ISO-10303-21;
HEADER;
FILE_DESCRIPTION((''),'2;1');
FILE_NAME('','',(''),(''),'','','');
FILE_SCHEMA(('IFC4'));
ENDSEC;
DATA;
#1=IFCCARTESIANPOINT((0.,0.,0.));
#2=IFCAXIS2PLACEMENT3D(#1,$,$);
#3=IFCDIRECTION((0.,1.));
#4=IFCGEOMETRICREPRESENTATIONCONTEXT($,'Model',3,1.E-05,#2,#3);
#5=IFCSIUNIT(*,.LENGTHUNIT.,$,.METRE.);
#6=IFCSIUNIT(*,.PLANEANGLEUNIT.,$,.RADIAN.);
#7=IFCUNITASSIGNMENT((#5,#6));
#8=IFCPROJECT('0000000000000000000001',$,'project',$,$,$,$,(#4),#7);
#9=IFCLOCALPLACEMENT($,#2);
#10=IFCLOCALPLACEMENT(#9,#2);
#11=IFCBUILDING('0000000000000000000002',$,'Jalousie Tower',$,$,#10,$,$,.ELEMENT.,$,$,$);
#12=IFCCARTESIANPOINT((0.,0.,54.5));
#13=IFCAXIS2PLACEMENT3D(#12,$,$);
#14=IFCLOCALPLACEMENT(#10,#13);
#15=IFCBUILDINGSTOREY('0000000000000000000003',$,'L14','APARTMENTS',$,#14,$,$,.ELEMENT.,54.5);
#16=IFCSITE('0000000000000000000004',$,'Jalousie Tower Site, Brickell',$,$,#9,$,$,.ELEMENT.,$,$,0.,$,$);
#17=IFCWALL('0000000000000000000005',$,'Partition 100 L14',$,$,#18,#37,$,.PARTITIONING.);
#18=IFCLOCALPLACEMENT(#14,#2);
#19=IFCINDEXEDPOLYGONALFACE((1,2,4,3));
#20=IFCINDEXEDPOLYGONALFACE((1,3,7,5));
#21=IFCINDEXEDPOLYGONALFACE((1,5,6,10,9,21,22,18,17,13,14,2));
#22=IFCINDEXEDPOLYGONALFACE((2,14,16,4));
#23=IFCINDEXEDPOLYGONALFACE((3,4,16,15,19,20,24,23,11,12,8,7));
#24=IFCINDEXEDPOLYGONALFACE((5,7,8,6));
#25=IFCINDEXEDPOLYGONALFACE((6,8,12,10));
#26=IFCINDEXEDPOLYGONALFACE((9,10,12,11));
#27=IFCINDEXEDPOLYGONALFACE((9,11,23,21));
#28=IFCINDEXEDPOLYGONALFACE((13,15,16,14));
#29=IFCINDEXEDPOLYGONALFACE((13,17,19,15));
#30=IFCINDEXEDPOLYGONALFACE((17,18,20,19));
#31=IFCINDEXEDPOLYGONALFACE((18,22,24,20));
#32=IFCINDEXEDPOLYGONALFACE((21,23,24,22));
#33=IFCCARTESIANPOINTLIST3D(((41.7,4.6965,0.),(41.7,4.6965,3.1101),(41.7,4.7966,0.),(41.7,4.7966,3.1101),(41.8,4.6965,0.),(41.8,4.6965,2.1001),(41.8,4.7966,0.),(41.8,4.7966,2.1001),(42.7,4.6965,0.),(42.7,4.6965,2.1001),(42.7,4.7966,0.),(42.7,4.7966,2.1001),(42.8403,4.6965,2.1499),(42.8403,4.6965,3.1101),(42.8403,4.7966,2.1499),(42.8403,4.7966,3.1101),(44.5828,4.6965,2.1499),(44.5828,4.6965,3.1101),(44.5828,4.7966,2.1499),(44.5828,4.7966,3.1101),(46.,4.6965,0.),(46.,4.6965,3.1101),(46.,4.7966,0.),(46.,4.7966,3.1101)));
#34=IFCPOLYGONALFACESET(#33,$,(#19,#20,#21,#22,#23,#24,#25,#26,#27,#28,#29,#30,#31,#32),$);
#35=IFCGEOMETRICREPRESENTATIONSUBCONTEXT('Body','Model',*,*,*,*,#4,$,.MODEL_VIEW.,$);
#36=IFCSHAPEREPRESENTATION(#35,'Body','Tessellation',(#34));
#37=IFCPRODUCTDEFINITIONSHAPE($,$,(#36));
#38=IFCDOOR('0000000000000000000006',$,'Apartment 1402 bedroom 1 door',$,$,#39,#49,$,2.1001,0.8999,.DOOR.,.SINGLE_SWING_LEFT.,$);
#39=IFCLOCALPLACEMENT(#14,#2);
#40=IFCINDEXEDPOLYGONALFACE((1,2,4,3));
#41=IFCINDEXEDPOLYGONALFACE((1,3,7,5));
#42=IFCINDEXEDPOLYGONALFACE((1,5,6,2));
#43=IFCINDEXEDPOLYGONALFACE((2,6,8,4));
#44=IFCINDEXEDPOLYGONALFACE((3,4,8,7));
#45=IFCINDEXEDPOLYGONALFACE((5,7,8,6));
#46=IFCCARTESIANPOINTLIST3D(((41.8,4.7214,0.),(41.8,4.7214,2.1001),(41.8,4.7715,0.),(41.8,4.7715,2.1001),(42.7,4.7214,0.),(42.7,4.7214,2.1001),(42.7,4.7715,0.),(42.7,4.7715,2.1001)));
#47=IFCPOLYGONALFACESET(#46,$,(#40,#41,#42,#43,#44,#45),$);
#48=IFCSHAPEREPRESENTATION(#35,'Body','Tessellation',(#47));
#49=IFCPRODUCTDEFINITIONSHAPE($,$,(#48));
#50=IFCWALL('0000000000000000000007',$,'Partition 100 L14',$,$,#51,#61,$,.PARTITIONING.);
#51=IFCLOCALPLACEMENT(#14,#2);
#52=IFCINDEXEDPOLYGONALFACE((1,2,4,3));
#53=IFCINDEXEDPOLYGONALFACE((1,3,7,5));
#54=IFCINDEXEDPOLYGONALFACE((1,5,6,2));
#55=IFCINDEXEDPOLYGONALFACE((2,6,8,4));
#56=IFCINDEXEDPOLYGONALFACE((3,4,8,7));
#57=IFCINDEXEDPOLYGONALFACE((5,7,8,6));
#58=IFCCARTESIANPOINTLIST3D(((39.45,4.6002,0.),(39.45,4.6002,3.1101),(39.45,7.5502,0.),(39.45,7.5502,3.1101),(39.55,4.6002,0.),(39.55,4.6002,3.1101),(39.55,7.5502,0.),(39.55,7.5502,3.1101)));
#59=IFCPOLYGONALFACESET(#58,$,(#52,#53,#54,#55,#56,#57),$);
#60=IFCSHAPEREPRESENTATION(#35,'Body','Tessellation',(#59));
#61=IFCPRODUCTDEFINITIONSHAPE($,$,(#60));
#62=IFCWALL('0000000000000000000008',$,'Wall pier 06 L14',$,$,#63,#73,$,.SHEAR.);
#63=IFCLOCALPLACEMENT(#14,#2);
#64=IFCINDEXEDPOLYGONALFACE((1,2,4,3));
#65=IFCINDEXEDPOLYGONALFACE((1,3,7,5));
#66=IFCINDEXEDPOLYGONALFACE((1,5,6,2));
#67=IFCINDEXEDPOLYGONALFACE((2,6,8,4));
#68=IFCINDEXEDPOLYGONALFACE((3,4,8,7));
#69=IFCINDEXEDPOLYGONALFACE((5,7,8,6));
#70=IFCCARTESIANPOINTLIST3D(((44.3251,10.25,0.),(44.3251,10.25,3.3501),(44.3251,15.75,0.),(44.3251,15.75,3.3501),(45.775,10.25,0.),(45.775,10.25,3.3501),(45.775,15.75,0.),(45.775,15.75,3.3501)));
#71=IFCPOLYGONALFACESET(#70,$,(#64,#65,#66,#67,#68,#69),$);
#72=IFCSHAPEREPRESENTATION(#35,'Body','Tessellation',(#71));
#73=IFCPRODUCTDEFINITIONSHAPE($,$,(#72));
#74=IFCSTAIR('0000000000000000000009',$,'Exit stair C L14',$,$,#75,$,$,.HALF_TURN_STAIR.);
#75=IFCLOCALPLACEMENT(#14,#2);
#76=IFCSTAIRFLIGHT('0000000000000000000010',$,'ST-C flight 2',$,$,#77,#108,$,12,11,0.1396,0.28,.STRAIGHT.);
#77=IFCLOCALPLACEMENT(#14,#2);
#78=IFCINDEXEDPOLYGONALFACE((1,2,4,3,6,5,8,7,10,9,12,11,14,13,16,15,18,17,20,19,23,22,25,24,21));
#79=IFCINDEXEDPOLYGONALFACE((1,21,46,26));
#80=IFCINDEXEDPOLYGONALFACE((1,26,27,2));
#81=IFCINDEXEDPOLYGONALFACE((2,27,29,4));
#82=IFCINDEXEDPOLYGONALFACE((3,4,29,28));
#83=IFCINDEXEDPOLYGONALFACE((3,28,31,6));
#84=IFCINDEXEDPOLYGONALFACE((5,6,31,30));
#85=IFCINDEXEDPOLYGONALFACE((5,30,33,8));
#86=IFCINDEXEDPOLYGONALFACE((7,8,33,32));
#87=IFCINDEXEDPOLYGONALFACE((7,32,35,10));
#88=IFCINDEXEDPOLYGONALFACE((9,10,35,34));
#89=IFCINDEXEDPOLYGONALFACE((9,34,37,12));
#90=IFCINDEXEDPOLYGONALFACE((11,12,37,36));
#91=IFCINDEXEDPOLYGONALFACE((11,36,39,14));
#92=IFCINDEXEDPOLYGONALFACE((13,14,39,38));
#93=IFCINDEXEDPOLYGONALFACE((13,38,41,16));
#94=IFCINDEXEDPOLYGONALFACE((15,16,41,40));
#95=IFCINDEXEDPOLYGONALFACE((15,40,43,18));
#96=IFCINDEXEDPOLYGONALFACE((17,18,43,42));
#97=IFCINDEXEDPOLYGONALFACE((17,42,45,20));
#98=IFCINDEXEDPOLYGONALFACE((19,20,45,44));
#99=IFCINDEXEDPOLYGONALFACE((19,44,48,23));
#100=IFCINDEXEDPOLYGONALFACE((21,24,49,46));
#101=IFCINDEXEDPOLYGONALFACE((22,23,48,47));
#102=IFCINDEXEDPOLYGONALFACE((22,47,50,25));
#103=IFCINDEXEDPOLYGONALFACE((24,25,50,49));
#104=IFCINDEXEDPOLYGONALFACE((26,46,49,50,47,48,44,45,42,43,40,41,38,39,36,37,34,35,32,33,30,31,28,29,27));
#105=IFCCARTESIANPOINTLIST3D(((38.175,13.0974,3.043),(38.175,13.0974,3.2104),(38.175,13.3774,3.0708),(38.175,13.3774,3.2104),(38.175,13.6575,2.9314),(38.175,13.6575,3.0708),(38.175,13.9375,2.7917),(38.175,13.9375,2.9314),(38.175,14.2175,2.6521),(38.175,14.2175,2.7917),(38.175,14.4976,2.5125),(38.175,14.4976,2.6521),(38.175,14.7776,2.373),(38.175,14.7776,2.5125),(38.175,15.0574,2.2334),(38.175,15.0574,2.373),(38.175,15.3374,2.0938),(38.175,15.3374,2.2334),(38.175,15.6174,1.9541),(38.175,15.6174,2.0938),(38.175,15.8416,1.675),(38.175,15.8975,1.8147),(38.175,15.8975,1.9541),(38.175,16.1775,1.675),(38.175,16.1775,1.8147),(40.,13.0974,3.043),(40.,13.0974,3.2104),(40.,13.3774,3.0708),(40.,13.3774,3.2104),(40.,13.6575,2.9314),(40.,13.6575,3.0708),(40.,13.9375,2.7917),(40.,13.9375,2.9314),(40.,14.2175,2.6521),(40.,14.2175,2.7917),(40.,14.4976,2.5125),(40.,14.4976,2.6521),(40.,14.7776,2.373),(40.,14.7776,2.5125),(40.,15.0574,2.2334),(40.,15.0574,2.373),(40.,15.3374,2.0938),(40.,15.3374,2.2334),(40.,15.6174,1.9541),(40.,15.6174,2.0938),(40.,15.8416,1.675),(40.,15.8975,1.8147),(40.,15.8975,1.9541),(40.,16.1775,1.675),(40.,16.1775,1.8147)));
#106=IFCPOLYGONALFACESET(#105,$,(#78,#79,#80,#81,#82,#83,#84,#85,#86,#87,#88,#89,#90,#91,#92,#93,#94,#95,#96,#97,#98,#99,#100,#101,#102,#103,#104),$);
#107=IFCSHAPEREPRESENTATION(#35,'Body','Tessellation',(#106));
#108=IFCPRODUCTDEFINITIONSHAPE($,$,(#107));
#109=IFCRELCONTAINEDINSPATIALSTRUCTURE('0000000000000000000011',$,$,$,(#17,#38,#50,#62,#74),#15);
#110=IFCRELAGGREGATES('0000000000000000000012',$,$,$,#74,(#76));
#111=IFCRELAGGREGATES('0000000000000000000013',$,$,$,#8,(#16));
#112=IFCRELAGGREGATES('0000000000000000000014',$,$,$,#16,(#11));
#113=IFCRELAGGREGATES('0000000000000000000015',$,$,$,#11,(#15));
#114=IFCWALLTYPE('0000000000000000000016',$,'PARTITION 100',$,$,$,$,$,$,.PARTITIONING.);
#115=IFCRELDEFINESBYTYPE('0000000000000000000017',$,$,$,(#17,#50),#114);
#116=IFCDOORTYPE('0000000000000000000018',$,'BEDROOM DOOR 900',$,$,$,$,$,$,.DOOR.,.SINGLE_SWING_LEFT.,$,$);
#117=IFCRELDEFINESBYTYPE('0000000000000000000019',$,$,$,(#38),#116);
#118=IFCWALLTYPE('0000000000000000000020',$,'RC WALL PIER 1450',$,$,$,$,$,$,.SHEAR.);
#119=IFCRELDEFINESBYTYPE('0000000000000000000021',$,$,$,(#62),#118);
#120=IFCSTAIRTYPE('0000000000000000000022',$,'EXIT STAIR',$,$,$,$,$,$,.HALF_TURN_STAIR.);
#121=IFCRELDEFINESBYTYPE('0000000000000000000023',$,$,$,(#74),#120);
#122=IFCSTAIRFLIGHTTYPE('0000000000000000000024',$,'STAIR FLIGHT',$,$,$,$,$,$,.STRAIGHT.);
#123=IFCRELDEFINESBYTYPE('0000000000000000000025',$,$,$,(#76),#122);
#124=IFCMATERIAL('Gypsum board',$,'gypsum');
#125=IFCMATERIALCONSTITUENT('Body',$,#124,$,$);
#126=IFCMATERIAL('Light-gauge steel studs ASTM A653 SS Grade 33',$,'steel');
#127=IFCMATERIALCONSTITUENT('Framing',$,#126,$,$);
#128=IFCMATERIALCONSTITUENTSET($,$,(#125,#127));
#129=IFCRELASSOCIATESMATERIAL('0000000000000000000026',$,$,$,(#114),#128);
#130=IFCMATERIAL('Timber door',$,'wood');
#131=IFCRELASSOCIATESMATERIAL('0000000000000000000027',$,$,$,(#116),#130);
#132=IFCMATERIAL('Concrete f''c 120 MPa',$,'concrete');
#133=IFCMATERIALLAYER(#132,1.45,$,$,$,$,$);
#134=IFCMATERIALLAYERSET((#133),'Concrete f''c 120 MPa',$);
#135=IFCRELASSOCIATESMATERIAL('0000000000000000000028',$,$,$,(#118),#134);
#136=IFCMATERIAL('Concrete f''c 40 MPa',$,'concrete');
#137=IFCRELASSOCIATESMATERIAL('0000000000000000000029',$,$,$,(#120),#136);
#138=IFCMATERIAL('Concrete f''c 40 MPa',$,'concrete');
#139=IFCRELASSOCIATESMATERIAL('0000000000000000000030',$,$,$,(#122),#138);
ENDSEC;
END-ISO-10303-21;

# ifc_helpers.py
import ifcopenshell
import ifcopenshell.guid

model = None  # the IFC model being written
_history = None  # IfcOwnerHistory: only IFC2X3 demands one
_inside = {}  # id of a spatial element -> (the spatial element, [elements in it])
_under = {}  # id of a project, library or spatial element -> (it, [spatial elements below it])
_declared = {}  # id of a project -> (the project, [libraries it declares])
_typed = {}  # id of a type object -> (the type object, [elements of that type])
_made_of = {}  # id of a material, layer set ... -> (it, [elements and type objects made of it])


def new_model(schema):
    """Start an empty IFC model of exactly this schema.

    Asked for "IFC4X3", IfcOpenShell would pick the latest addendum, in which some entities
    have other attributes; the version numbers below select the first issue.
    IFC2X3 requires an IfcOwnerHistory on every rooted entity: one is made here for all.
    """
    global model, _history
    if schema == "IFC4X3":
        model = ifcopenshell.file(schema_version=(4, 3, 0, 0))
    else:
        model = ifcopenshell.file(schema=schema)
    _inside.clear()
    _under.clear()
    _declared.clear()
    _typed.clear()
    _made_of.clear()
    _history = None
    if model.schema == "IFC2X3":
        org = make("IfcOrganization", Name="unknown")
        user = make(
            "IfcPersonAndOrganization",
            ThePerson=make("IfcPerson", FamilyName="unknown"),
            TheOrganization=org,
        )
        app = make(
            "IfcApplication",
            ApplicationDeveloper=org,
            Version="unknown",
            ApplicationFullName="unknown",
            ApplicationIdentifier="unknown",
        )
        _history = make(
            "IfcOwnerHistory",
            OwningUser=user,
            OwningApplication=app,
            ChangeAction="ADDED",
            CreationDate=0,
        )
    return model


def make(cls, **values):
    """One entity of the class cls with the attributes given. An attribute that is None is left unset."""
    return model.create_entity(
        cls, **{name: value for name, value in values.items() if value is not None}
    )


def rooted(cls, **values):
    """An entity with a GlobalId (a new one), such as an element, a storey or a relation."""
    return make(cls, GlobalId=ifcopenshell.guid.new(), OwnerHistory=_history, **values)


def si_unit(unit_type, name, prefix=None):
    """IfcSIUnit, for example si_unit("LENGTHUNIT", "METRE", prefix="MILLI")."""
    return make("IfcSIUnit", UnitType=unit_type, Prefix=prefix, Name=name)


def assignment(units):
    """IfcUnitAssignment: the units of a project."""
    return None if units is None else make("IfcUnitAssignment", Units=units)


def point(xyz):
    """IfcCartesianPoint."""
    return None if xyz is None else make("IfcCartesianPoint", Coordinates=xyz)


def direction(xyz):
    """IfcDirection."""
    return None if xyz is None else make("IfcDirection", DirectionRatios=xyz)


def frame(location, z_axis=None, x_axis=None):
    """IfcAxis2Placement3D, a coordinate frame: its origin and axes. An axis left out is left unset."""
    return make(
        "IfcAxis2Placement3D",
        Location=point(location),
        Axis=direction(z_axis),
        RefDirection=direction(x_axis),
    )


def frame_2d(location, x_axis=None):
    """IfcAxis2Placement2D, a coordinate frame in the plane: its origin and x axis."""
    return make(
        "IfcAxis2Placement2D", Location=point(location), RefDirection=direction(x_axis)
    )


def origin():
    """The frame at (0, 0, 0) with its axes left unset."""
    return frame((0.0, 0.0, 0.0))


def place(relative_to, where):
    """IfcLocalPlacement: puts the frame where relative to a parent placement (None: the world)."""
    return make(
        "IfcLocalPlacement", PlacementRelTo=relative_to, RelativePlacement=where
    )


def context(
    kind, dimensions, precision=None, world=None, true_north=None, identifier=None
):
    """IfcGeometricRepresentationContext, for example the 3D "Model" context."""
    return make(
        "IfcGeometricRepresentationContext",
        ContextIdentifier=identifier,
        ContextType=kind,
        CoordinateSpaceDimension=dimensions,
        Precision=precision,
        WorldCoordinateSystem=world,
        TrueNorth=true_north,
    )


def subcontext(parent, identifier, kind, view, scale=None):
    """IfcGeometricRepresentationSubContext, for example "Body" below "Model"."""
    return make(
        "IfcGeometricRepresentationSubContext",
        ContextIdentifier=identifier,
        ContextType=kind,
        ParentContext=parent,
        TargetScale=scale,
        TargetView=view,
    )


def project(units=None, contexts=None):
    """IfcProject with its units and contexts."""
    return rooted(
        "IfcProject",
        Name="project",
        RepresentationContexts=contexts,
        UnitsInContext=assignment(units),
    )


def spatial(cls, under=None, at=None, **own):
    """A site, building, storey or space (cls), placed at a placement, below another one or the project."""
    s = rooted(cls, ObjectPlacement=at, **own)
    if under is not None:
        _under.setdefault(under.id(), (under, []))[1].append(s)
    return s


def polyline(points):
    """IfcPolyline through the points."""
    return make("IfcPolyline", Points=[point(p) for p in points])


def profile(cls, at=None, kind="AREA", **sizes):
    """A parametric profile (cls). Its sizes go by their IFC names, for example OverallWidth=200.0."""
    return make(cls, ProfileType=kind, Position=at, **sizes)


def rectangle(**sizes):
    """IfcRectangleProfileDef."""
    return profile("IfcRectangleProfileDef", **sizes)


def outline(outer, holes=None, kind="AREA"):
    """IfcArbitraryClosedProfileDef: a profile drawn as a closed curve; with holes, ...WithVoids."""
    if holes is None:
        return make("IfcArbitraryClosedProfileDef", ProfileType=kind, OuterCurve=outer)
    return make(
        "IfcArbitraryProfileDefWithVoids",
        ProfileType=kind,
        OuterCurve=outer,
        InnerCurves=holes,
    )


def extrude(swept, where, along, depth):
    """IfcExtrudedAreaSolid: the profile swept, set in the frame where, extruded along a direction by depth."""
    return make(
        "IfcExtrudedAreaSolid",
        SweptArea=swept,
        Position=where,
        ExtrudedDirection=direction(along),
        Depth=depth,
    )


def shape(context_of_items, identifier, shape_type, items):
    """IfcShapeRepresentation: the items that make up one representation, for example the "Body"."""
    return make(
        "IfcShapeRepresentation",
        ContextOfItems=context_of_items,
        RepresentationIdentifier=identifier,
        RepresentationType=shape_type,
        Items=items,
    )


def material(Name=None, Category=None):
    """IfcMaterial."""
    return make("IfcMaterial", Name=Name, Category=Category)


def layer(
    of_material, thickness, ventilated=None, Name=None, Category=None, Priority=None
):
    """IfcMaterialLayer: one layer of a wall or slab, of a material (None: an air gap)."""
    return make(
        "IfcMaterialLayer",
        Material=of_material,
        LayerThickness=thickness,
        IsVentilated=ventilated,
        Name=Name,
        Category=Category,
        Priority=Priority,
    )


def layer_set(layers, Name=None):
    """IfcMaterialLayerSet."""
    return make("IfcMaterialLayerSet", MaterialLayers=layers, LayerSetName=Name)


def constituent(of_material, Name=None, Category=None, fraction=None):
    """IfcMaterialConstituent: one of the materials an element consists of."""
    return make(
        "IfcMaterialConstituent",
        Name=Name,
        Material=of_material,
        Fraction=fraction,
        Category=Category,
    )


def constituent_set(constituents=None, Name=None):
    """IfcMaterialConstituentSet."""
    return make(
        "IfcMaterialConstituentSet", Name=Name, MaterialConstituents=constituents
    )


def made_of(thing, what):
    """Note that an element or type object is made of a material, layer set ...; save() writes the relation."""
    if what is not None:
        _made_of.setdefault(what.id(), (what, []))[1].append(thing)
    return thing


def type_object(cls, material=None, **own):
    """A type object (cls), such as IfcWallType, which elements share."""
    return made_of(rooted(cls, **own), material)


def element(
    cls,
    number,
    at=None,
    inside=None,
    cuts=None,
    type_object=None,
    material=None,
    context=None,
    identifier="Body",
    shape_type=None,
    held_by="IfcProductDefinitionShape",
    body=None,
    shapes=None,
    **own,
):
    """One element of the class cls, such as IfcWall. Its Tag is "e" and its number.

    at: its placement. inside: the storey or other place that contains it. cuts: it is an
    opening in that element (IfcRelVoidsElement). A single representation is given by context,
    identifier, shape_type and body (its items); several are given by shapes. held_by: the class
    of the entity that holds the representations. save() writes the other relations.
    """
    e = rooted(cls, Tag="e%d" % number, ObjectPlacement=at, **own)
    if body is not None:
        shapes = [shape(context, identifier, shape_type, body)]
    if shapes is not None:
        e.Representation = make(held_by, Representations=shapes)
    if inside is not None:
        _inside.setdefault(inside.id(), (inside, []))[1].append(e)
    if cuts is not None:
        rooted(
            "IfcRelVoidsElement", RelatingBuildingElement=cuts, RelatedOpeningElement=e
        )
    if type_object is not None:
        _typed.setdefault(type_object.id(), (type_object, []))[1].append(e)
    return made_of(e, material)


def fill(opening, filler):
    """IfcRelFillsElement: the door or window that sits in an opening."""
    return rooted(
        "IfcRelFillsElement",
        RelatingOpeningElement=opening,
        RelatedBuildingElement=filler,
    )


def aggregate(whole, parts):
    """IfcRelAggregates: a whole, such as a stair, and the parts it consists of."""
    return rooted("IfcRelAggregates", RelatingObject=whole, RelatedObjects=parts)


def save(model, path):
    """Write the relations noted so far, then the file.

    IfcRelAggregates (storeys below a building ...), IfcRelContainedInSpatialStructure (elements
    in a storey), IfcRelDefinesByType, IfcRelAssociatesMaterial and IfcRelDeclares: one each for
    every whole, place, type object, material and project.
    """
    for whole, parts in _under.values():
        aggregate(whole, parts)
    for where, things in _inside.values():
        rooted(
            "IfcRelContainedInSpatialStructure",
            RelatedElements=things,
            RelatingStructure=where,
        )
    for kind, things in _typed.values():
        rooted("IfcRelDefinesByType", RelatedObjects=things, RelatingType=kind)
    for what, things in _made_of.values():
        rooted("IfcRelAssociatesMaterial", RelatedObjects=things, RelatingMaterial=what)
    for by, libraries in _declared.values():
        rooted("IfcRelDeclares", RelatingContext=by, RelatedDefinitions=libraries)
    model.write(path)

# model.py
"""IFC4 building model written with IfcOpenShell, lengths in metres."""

from ifc_helpers import new_model, si_unit, direction, frame, frame_2d, origin, place, context, subcontext, project, spatial, polyline, rectangle, outline, extrude, material, layer, layer_set, constituent, constituent_set, type_object, element, fill, aggregate, save


model = new_model("IFC4")

# Units and contexts
model_context = context("Model", 3, precision=1e-05, world=origin(), true_north=direction((0.0, 1.0)))
body_context = subcontext(model_context, "Body", "Model", "MODEL_VIEW")
ifc_project = project(units=[si_unit("LENGTHUNIT", "METRE"), si_unit("PLANEANGLEUNIT", "RADIAN")], contexts=[model_context])

# Site, building, storey
site_placement = place(None, origin())
site = spatial("IfcSite", under=ifc_project, at=site_placement, Name="Jalousie Tower Site, Brickell", CompositionType="ELEMENT", RefElevation=0.0)
building_placement = place(site_placement, origin())
building = spatial("IfcBuilding", under=site, at=building_placement, Name="Jalousie Tower", CompositionType="ELEMENT")
storey_placement = place(building_placement, frame((0.0, 0.0, 54.5)))
storey = spatial("IfcBuildingStorey", under=building, at=storey_placement, Name="L14", Description="APARTMENTS", CompositionType="ELEMENT", Elevation=54.5)

# Wall, opening, door
ifc_material_1 = material(Name="Gypsum board", Category="gypsum")
ifc_constituent_1 = constituent(ifc_material_1, Name="Body")
ifc_material_2 = material(Name="Light-gauge steel studs ASTM A653 SS Grade 33", Category="steel")
ifc_constituent_2 = constituent(ifc_material_2, Name="Framing")
ifc_constituent_set_1 = constituent_set(constituents=[ifc_constituent_1, ifc_constituent_2])
wall_type_1 = type_object("IfcWallType", Name="PARTITION 100", PredefinedType="PARTITIONING", material=ifc_constituent_set_1)
wall_1_placement = place(storey_placement, frame((41.7, 4.7466, 0.0), z_axis=(0.0, 0.0, 1.0), x_axis=(1.0, 0.0, 0.0)))
wall_1 = element("IfcWall", 1, at=wall_1_placement, inside=storey, type_object=wall_type_1, Name="Partition 100 L14", PredefinedType="PARTITIONING", context=body_context, shape_type="SweptSolid", body=[
    extrude(outline(polyline([(0.0, 0.0), (4.3, 0.0), (4.3, 3.1101), (2.8828, 3.1101), (2.8828, 2.1499), (1.1404, 2.1499), (1.1404, 3.1101), (0.0, 3.1101), (0.0, 0.0)])), frame((0.0, 0.05, 0.0), z_axis=(0.0, -1.0, 0.0), x_axis=(1.0, 0.0, 0.0)), (0.0, 0.0, 1.0), 0.1001),
])
opening_1_placement = place(wall_1_placement, frame((0.1001, 0.0, 0.0)))
opening_1 = element("IfcOpeningElement", 2, at=opening_1_placement, cuts=wall_1, PredefinedType="OPENING", context=body_context, shape_type="SweptSolid", body=[
    extrude(rectangle(XDim=0.8999, YDim=2.1001, at=frame_2d((0.45, 1.05))), frame((0.0, 0.0601, 0.0), z_axis=(0.0, -1.0, 0.0), x_axis=(1.0, 0.0, 0.0)), (0.0, 0.0, 1.0), 0.1201),
])
ifc_material_3 = material(Name="Timber door", Category="wood")
door_type_1 = type_object("IfcDoorType", Name="BEDROOM DOOR 900", OperationType="SINGLE_SWING_LEFT", PredefinedType="DOOR", material=ifc_material_3)
door_1_placement = place(opening_1_placement, origin())
door_1 = element("IfcDoor", 3, at=door_1_placement, inside=storey, type_object=door_type_1, Name="Apartment 1402 bedroom 1 door", OperationType="SINGLE_SWING_LEFT", OverallHeight=2.1001, OverallWidth=0.8999, PredefinedType="DOOR", context=body_context, shape_type="SweptSolid", body=[
    extrude(rectangle(XDim=0.8999, YDim=2.1001, at=frame_2d((0.45, 1.05))), frame((0.0, 0.0249, 0.0), z_axis=(0.0, -1.0, 0.0), x_axis=(1.0, 0.0, 0.0)), (0.0, 0.0, 1.0), 0.05),
])
fill(opening_1, door_1)

# Walls
wall_2_placement = place(storey_placement, frame((39.5, 4.6001, 0.0), z_axis=(0.0, 0.0, 1.0), x_axis=(0.0, 1.0, 0.0)))
element("IfcWall", 4, at=wall_2_placement, inside=storey, type_object=wall_type_1, Name="Partition 100 L14", PredefinedType="PARTITIONING", context=body_context, shape_type="SweptSolid", body=[
    extrude(rectangle(XDim=2.95, YDim=0.1001, at=frame_2d((1.4751, 0.0))), origin(), (0.0, 0.0, 1.0), 3.1101),
])
ifc_material_4 = material(Name="Concrete f'c 120 MPa", Category="concrete")
ifc_layer_1 = layer(ifc_material_4, 1.45)
ifc_layer_set_1 = layer_set([ifc_layer_1], Name="Concrete f'c 120 MPa")
wall_type_2 = type_object("IfcWallType", Name="RC WALL PIER 1450", PredefinedType="SHEAR", material=ifc_layer_set_1)
wall_3_placement = place(storey_placement, frame((45.05, 10.25, 0.0), z_axis=(0.0, 0.0, 1.0), x_axis=(0.0, 1.0, 0.0)))
element("IfcWall", 5, at=wall_3_placement, inside=storey, type_object=wall_type_2, Name="Wall pier 06 L14", PredefinedType="SHEAR", context=body_context, shape_type="SweptSolid", body=[
    extrude(rectangle(XDim=5.5, YDim=1.45, at=frame_2d((2.75, 0.0))), origin(), (0.0, 0.0, 1.0), 3.3501),
])

# Stair, stair flight
ifc_material_5 = material(Name="Concrete f'c 40 MPa", Category="concrete")
stair_type = type_object("IfcStairType", Name="EXIT STAIR", PredefinedType="HALF_TURN_STAIR", material=ifc_material_5)
stair_placement = place(storey_placement, origin())
stair = element("IfcStair", 6, at=stair_placement, inside=storey, type_object=stair_type, Name="Exit stair C L14", PredefinedType="HALF_TURN_STAIR")
ifc_material_6 = material(Name="Concrete f'c 40 MPa", Category="concrete")
stair_flight_type = type_object("IfcStairFlightType", Name="STAIR FLIGHT", PredefinedType="STRAIGHT", material=ifc_material_6)
stair_flight_placement = place(storey_placement, frame((39.0874, 16.1775, 1.675), z_axis=(0.0, 0.0, 1.0), x_axis=(0.0, -1.0, 0.0)))
stair_flight = element("IfcStairFlight", 7, at=stair_flight_placement, type_object=stair_flight_type, Name="ST-C flight 2", NumberOfRisers=12, NumberOfTreads=11, PredefinedType="STRAIGHT", RiserHeight=0.1396, TreadLength=0.28, context=body_context, shape_type="SweptSolid", body=[
    extrude(outline(polyline([(0.0, 0.0), (0.0, 0.1396), (0.28, 0.1396), (0.28, 0.2791), (0.5601, 0.2791), (0.5601, 0.4187), (0.8401, 0.4187), (0.8401, 0.5583), (1.1201, 0.5583), (1.1201, 0.698), (1.3999, 0.698), (1.3999, 0.8374), (1.6799, 0.8374), (1.6799, 0.9771), (1.96, 0.9771), (1.96, 1.1167), (2.24, 1.1167), (2.24, 1.2563), (2.52, 1.2563), (2.52, 1.3958), (2.8, 1.3958), (2.8, 1.5354), (3.0801, 1.5354), (3.0801, 1.675), (3.0801, 1.3679), (0.3359, 0.0), (0.0, 0.0)])), frame((0.0, 0.9126, 0.0), z_axis=(0.0, -1.0, 0.0), x_axis=(1.0, 0.0, 0.0)), (0.0, 0.0, 1.0), 1.825),
])
aggregate(stair, [stair_flight])

save(model, "model.ifc")
